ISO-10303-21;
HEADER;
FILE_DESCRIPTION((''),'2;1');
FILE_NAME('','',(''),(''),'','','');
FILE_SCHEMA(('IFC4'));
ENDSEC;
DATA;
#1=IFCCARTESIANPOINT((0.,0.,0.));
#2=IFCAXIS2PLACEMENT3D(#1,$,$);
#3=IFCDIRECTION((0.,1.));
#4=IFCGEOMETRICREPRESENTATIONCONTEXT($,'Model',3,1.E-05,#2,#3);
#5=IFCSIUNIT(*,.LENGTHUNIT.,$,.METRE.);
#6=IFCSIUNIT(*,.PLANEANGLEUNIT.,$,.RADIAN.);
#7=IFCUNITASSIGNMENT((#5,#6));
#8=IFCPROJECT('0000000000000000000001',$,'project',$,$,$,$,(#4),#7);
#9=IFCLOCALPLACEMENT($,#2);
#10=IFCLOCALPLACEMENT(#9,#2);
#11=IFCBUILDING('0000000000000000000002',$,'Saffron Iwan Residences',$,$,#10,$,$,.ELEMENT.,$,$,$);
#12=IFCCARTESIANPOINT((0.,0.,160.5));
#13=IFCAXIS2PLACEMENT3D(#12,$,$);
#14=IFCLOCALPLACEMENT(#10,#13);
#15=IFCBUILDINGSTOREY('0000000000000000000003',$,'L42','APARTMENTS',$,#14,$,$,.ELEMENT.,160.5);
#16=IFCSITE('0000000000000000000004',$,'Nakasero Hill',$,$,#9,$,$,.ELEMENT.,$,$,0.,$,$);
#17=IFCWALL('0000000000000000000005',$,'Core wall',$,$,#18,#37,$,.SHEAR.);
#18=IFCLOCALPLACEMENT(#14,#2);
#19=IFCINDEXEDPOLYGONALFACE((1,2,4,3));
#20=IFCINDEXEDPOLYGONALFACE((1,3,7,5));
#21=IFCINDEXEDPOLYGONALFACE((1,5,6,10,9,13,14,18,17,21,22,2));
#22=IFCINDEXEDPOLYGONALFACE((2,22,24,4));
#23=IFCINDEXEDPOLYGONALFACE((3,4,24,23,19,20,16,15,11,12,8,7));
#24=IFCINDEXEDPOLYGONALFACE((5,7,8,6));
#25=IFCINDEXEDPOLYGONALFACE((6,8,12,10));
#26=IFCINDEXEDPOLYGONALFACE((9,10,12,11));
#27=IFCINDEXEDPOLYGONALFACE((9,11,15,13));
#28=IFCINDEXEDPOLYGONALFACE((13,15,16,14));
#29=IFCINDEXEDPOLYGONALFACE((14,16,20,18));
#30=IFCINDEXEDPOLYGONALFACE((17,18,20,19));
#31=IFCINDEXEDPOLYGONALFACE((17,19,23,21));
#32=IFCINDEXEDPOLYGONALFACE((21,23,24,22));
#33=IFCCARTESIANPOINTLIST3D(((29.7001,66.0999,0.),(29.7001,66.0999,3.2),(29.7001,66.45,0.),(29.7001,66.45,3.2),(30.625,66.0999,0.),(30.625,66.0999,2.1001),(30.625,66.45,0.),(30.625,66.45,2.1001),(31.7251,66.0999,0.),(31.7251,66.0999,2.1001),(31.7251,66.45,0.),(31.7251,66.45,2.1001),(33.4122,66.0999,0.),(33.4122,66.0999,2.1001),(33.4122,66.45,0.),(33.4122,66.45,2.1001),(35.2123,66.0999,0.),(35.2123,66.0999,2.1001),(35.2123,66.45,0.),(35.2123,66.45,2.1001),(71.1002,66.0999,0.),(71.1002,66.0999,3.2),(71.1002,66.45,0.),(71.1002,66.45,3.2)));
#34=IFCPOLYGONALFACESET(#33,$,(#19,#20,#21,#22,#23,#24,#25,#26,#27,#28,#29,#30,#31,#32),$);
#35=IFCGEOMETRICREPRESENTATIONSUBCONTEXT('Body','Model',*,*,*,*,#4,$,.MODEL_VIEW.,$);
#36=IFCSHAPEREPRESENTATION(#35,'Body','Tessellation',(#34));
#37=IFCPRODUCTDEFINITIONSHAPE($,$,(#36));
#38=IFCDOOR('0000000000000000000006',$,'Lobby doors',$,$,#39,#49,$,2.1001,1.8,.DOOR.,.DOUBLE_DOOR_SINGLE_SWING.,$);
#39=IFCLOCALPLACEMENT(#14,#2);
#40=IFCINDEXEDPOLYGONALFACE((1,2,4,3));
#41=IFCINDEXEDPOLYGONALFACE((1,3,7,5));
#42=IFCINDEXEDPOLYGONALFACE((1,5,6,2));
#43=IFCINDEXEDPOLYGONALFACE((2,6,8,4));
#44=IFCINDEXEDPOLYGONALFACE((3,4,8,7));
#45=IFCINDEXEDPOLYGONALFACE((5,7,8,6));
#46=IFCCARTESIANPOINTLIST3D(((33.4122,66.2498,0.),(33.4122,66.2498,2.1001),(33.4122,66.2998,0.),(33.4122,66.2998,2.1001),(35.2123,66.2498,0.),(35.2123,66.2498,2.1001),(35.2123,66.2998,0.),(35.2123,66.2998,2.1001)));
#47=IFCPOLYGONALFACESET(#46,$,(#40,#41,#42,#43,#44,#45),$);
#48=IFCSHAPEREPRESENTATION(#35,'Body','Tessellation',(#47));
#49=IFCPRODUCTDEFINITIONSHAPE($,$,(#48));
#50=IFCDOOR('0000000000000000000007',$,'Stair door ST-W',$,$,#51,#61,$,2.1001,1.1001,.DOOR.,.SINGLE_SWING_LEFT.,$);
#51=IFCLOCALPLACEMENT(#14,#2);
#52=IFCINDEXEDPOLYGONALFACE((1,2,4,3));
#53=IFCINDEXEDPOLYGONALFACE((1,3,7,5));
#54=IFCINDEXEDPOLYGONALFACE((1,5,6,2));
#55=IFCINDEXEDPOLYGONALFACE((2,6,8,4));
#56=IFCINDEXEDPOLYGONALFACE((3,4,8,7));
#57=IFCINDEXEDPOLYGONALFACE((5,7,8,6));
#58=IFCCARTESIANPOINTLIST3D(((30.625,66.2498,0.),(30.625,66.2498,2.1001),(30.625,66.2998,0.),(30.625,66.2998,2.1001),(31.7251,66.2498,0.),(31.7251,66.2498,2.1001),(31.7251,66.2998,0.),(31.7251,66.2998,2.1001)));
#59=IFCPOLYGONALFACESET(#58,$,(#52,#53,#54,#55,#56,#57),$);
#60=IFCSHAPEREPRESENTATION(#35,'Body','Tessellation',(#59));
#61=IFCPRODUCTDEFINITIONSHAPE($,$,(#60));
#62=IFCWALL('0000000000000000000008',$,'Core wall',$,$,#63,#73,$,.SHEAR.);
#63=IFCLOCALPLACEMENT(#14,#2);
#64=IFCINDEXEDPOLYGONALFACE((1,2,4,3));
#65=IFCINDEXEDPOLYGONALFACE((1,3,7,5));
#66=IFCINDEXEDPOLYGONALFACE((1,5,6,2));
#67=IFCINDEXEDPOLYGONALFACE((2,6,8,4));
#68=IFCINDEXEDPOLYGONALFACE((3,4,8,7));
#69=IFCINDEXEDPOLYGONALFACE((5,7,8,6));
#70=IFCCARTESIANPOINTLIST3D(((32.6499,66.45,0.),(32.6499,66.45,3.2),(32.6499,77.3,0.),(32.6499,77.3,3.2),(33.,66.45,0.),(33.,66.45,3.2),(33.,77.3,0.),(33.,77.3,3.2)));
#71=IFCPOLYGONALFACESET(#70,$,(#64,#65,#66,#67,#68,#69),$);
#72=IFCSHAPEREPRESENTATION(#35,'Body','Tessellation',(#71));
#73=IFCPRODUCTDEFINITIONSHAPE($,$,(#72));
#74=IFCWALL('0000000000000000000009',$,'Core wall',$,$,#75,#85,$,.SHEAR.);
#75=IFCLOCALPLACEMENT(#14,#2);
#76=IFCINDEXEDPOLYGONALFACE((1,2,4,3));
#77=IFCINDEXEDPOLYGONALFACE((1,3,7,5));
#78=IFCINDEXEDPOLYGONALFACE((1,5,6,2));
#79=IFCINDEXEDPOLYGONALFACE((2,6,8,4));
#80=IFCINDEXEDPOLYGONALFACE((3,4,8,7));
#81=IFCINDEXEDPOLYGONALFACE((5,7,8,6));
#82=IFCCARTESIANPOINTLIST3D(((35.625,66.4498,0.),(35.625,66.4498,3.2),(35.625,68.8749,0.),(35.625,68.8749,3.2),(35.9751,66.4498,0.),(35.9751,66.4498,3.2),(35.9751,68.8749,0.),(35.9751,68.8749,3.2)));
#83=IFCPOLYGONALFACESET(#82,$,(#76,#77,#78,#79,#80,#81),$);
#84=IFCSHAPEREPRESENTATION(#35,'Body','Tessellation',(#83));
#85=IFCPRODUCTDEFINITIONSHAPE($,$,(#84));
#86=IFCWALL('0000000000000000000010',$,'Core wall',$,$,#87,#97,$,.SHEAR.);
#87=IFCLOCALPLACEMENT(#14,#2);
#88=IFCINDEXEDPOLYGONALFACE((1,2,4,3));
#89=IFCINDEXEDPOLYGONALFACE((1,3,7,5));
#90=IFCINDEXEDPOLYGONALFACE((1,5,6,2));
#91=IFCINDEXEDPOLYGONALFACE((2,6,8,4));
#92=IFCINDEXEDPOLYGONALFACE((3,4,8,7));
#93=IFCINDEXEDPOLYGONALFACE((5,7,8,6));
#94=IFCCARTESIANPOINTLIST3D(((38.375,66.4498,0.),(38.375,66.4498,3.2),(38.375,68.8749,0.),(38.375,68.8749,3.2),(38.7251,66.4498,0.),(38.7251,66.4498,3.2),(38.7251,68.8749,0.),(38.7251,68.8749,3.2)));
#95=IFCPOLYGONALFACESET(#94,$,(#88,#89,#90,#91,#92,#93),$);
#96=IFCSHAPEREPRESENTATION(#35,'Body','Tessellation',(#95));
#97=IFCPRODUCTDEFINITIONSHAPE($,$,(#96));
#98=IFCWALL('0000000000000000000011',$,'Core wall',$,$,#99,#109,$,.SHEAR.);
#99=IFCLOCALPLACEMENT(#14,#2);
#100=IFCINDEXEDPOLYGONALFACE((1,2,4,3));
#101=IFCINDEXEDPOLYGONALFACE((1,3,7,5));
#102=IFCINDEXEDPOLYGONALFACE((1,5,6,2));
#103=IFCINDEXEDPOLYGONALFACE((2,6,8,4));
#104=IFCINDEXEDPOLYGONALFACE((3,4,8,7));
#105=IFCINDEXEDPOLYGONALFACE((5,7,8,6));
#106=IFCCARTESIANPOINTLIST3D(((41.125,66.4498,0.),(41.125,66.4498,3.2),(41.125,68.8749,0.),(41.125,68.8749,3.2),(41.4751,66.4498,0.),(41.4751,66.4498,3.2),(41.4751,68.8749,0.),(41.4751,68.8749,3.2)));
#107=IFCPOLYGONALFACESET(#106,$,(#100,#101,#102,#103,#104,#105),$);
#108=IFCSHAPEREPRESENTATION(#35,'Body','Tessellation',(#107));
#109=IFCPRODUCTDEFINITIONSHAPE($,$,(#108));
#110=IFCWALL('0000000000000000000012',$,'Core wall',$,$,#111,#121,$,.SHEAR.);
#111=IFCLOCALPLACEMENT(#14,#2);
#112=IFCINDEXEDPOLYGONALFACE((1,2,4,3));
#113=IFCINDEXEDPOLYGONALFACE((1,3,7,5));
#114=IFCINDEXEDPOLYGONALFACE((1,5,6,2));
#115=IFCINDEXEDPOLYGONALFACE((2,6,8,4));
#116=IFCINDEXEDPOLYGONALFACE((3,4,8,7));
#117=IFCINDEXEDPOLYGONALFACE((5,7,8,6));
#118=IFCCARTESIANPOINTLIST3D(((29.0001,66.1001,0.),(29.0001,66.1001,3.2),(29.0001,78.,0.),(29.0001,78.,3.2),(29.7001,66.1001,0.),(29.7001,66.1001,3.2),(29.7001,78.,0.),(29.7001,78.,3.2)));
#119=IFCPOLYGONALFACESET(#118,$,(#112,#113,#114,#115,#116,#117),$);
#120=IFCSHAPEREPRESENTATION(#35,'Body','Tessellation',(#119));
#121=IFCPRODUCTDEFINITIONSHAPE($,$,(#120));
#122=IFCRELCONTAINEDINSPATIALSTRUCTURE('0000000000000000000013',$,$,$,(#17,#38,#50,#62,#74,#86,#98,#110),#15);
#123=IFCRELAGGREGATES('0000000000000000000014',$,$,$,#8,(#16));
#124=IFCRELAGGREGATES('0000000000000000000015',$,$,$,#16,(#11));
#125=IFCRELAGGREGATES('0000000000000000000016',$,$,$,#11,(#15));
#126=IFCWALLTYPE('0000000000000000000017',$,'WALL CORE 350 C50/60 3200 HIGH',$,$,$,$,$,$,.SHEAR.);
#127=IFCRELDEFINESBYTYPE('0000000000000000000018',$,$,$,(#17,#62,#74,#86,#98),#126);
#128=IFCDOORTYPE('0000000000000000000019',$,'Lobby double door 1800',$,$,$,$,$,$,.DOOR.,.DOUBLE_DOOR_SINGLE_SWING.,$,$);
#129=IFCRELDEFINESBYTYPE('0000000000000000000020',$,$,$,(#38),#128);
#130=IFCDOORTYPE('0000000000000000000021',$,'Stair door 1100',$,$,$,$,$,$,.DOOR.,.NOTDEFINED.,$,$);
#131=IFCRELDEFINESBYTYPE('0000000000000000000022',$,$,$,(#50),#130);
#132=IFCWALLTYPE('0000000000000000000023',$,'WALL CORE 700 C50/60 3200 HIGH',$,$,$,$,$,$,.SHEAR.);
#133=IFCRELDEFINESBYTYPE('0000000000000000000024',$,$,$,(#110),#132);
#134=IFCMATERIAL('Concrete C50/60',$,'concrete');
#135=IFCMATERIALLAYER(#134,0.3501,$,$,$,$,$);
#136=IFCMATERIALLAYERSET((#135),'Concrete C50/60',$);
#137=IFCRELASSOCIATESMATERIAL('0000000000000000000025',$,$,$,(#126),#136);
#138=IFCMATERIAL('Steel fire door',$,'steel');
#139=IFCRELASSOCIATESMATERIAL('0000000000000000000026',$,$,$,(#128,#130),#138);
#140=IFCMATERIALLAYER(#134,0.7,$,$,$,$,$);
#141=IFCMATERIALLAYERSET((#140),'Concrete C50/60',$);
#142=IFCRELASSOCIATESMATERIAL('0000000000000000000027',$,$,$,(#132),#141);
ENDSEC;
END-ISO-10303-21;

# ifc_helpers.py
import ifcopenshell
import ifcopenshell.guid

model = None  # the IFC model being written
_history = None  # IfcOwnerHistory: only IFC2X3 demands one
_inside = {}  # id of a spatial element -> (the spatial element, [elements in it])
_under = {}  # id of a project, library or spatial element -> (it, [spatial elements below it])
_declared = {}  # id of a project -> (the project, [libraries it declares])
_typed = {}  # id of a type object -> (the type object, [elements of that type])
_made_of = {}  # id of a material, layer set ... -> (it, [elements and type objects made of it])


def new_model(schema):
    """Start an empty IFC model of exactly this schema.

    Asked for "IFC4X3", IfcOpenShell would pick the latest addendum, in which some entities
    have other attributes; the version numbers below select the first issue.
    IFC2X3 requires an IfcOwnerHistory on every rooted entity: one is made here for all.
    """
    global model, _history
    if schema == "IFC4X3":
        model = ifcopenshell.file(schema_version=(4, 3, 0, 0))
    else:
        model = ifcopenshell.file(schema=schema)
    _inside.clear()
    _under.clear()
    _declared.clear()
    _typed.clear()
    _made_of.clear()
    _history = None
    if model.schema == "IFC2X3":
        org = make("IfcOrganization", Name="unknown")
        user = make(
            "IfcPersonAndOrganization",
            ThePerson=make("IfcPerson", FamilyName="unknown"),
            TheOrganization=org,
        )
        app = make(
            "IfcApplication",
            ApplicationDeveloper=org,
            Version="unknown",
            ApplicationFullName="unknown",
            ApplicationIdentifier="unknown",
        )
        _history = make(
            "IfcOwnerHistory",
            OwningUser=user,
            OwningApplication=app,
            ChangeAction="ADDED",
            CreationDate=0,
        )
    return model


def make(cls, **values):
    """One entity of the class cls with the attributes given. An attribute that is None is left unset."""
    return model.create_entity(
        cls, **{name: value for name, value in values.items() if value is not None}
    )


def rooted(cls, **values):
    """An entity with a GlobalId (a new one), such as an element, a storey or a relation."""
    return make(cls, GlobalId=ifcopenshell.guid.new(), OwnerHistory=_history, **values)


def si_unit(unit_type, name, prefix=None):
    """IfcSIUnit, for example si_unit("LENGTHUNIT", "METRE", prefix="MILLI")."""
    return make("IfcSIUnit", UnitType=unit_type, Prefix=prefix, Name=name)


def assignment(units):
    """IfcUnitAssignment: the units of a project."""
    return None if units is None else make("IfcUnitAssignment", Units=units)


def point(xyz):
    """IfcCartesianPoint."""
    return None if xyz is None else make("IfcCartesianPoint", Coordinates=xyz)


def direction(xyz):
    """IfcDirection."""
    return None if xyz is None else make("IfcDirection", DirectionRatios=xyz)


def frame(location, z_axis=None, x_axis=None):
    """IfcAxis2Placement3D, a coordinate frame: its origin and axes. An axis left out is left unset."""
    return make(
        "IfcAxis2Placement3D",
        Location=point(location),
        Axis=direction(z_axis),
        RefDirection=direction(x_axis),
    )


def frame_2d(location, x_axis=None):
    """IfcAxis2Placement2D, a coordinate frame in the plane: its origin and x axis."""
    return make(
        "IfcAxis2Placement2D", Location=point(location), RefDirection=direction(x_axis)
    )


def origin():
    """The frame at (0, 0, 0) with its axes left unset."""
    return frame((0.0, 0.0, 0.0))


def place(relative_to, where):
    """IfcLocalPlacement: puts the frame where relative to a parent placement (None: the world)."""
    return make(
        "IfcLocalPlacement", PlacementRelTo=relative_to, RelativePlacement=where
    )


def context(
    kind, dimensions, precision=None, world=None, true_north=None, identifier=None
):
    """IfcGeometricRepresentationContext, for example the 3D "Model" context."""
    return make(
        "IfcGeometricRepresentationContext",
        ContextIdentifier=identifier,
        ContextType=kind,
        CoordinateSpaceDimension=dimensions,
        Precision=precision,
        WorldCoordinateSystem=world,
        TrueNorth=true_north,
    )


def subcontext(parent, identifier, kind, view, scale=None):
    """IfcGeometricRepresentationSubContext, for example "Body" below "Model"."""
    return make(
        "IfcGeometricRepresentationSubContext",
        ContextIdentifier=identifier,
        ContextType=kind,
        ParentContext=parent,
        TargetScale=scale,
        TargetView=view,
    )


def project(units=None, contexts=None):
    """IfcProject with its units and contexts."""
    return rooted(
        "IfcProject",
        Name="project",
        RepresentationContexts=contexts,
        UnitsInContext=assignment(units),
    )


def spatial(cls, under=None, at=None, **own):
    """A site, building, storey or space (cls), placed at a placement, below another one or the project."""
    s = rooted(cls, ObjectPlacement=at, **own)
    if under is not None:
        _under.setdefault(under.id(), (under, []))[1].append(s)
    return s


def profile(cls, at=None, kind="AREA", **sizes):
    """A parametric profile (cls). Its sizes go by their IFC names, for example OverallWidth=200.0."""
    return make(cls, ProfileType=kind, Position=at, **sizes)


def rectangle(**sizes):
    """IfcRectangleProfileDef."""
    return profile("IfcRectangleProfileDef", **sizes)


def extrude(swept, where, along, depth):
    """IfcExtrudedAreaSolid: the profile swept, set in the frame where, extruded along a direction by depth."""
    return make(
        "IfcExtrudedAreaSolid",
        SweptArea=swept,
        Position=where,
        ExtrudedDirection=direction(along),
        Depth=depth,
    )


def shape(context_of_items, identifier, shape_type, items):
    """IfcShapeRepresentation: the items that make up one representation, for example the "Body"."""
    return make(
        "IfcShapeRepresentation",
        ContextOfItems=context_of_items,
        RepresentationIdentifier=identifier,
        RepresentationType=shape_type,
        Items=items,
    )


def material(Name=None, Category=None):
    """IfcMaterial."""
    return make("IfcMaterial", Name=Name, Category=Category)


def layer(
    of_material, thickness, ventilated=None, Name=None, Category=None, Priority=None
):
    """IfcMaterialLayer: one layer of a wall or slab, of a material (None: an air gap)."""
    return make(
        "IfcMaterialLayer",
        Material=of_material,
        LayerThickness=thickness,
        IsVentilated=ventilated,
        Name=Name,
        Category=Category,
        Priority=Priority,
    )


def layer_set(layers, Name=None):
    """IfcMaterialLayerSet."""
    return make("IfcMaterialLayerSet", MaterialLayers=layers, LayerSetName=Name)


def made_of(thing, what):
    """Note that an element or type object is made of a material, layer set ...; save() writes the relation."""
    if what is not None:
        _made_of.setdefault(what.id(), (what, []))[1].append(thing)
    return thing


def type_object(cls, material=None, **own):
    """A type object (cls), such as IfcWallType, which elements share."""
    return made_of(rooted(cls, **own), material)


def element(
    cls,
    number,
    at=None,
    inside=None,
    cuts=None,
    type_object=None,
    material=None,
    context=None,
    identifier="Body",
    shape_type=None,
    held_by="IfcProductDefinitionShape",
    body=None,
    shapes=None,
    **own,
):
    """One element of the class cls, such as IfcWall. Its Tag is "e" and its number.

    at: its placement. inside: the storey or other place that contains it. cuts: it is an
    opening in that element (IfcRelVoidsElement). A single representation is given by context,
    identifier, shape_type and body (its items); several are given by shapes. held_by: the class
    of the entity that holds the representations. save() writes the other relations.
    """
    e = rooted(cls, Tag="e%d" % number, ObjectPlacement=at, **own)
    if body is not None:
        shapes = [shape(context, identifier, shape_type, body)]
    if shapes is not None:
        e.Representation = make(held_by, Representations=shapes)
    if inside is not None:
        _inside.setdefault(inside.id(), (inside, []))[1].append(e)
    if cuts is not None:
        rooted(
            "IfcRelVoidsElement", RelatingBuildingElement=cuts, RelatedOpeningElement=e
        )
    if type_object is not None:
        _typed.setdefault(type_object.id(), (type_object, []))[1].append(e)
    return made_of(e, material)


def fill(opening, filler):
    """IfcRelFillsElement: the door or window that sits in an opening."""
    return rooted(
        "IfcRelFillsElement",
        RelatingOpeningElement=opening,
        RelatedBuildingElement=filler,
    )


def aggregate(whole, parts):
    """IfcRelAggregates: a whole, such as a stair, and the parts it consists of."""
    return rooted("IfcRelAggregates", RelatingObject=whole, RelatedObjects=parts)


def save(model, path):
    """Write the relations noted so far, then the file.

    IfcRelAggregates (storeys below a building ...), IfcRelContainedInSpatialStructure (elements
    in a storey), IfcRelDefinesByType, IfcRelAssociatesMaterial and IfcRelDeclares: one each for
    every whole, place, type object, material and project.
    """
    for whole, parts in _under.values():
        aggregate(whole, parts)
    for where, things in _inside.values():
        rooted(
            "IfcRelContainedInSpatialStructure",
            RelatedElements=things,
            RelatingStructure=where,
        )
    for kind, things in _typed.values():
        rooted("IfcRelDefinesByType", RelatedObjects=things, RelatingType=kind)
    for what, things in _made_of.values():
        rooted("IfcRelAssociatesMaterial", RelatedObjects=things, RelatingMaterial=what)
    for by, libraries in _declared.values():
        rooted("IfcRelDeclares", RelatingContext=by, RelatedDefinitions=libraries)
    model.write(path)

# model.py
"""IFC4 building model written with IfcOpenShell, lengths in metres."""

from ifc_helpers import new_model, si_unit, direction, frame, frame_2d, origin, place, context, subcontext, project, spatial, rectangle, extrude, material, layer, layer_set, type_object, element, fill, save


model = new_model("IFC4")

# Units and contexts
model_context = context("Model", 3, precision=1e-05, world=origin(), true_north=direction((0.0, 1.0)))
body_context = subcontext(model_context, "Body", "Model", "MODEL_VIEW")
ifc_project = project(units=[si_unit("LENGTHUNIT", "METRE"), si_unit("PLANEANGLEUNIT", "RADIAN")], contexts=[model_context])

# Site, building, storey
site_placement = place(None, origin())
site = spatial("IfcSite", under=ifc_project, at=site_placement, Name="Nakasero Hill", CompositionType="ELEMENT", RefElevation=0.0)
building_placement = place(site_placement, origin())
building = spatial("IfcBuilding", under=site, at=building_placement, Name="Saffron Iwan Residences", CompositionType="ELEMENT")
storey_placement = place(building_placement, frame((0.0, 0.0, 160.5)))
storey = spatial("IfcBuildingStorey", under=building, at=storey_placement, Name="L42", Description="APARTMENTS", CompositionType="ELEMENT", Elevation=160.5)

# Shared definitions
ifc_material_1 = material(Name="Concrete C50/60", Category="concrete")

# Shared definitions
ifc_material_2 = material(Name="Steel fire door", Category="steel")

# Wall, openings, doors
ifc_layer_1 = layer(ifc_material_1, 0.3501)
ifc_layer_set_1 = layer_set([ifc_layer_1], Name="Concrete C50/60")
wall_type_1 = type_object("IfcWallType", Name="WALL CORE 350 C50/60 3200 HIGH", PredefinedType="SHEAR", material=ifc_layer_set_1)
wall_1_placement = place(storey_placement, frame((29.7, 66.2749, 0.0), z_axis=(0.0, 0.0, 1.0), x_axis=(1.0, 0.0, 0.0)))
wall_1 = element("IfcWall", 1, at=wall_1_placement, inside=storey, type_object=wall_type_1, Name="Core wall", PredefinedType="SHEAR", context=body_context, shape_type="SweptSolid", body=[
    extrude(rectangle(XDim=41.4001, YDim=0.3501, at=frame_2d((20.7002, 0.0))), origin(), (0.0, 0.0, 1.0), 3.2),
])
opening_1_placement = place(wall_1_placement, frame((0.925, 0.0, 0.0)))
opening_1 = element("IfcOpeningElement", 2, at=opening_1_placement, cuts=wall_1, PredefinedType="OPENING", context=body_context, shape_type="SweptSolid", body=[
    extrude(rectangle(XDim=1.1001, YDim=2.1001, at=frame_2d((0.55, 1.05))), frame((0.0, 0.1851, 0.0), z_axis=(0.0, -1.0, 0.0), x_axis=(1.0, 0.0, 0.0)), (0.0, 0.0, 1.0), 0.3701),
])
opening_2_placement = place(wall_1_placement, frame((3.7124, 0.0, 0.0)))
opening_2 = element("IfcOpeningElement", 3, at=opening_2_placement, cuts=wall_1, PredefinedType="OPENING", context=body_context, shape_type="SweptSolid", body=[
    extrude(rectangle(XDim=1.8, YDim=2.1001, at=frame_2d((0.8999, 1.05))), frame((0.0, 0.1851, 0.0), z_axis=(0.0, -1.0, 0.0), x_axis=(1.0, 0.0, 0.0)), (0.0, 0.0, 1.0), 0.3701),
])
door_type_1 = type_object("IfcDoorType", Name="Lobby double door 1800", OperationType="DOUBLE_DOOR_SINGLE_SWING", PredefinedType="DOOR", material=ifc_material_2)
door_1_placement = place(opening_2_placement, origin())
door_1 = element("IfcDoor", 4, at=door_1_placement, inside=storey, type_object=door_type_1, Name="Lobby doors", OperationType="DOUBLE_DOOR_SINGLE_SWING", OverallHeight=2.1001, OverallWidth=1.8, PredefinedType="DOOR", context=body_context, shape_type="SweptSolid", body=[
    extrude(rectangle(XDim=1.8, YDim=2.1001, at=frame_2d((0.8999, 1.05))), frame((0.0, 0.0249, 0.0), z_axis=(0.0, -1.0, 0.0), x_axis=(1.0, 0.0, 0.0)), (0.0, 0.0, 1.0), 0.05),
])
fill(opening_2, door_1)
door_type_2 = type_object("IfcDoorType", Name="Stair door 1100", OperationType="NOTDEFINED", PredefinedType="DOOR", material=ifc_material_2)
door_2_placement = place(opening_1_placement, origin())
door_2 = element("IfcDoor", 5, at=door_2_placement, inside=storey, type_object=door_type_2, Name="Stair door ST-W", OperationType="SINGLE_SWING_LEFT", OverallHeight=2.1001, OverallWidth=1.1001, PredefinedType="DOOR", context=body_context, shape_type="SweptSolid", body=[
    extrude(rectangle(XDim=1.1001, YDim=2.1001, at=frame_2d((0.55, 1.05))), frame((0.0, 0.0249, 0.0), z_axis=(0.0, -1.0, 0.0), x_axis=(1.0, 0.0, 0.0)), (0.0, 0.0, 1.0), 0.05),
])
fill(opening_1, door_2)

# Walls
wall_2_placement = place(storey_placement, frame((32.825, 66.45, 0.0), z_axis=(0.0, 0.0, 1.0), x_axis=(0.0, 1.0, 0.0)))
element("IfcWall", 6, at=wall_2_placement, inside=storey, type_object=wall_type_1, Name="Core wall", PredefinedType="SHEAR", context=body_context, shape_type="SweptSolid", body=[
    extrude(rectangle(XDim=10.8501, YDim=0.3501, at=frame_2d((5.425, 0.0))), origin(), (0.0, 0.0, 1.0), 3.2),
])
for number, where, z_axis, x_axis, name in (
    (7, (35.8, 66.45, 0.0), (0.0, 0.0, 1.0), (0.0, 1.0, 0.0), "Core wall"),
    (8, (38.55, 66.45, 0.0), (0.0, 0.0, 1.0), (0.0, 1.0, 0.0), "Core wall"),
    (9, (41.3, 66.45, 0.0), (0.0, 0.0, 1.0), (0.0, 1.0, 0.0), "Core wall"),
):
    element("IfcWall", number, at=place(storey_placement, frame(where, z_axis=z_axis, x_axis=x_axis)), inside=storey, type_object=wall_type_1, Name=name, PredefinedType="SHEAR", context=body_context, shape_type="SweptSolid", body=[
        extrude(rectangle(XDim=2.425, YDim=0.3501, at=frame_2d((1.2124, 0.0))), origin(), (0.0, 0.0, 1.0), 3.2),
    ])
ifc_layer_2 = layer(ifc_material_1, 0.7)
ifc_layer_set_2 = layer_set([ifc_layer_2], Name="Concrete C50/60")
wall_type_2 = type_object("IfcWallType", Name="WALL CORE 700 C50/60 3200 HIGH", PredefinedType="SHEAR", material=ifc_layer_set_2)
wall_3_placement = place(storey_placement, frame((29.3501, 66.1001, 0.0), z_axis=(0.0, 0.0, 1.0), x_axis=(0.0, 1.0, 0.0)))
element("IfcWall", 10, at=wall_3_placement, inside=storey, type_object=wall_type_2, Name="Core wall", PredefinedType="SHEAR", context=body_context, shape_type="SweptSolid", body=[
    extrude(rectangle(XDim=11.8999, YDim=0.7, at=frame_2d((5.95, 0.0))), origin(), (0.0, 0.0, 1.0), 3.2),
])

save(model, "model.ifc")
